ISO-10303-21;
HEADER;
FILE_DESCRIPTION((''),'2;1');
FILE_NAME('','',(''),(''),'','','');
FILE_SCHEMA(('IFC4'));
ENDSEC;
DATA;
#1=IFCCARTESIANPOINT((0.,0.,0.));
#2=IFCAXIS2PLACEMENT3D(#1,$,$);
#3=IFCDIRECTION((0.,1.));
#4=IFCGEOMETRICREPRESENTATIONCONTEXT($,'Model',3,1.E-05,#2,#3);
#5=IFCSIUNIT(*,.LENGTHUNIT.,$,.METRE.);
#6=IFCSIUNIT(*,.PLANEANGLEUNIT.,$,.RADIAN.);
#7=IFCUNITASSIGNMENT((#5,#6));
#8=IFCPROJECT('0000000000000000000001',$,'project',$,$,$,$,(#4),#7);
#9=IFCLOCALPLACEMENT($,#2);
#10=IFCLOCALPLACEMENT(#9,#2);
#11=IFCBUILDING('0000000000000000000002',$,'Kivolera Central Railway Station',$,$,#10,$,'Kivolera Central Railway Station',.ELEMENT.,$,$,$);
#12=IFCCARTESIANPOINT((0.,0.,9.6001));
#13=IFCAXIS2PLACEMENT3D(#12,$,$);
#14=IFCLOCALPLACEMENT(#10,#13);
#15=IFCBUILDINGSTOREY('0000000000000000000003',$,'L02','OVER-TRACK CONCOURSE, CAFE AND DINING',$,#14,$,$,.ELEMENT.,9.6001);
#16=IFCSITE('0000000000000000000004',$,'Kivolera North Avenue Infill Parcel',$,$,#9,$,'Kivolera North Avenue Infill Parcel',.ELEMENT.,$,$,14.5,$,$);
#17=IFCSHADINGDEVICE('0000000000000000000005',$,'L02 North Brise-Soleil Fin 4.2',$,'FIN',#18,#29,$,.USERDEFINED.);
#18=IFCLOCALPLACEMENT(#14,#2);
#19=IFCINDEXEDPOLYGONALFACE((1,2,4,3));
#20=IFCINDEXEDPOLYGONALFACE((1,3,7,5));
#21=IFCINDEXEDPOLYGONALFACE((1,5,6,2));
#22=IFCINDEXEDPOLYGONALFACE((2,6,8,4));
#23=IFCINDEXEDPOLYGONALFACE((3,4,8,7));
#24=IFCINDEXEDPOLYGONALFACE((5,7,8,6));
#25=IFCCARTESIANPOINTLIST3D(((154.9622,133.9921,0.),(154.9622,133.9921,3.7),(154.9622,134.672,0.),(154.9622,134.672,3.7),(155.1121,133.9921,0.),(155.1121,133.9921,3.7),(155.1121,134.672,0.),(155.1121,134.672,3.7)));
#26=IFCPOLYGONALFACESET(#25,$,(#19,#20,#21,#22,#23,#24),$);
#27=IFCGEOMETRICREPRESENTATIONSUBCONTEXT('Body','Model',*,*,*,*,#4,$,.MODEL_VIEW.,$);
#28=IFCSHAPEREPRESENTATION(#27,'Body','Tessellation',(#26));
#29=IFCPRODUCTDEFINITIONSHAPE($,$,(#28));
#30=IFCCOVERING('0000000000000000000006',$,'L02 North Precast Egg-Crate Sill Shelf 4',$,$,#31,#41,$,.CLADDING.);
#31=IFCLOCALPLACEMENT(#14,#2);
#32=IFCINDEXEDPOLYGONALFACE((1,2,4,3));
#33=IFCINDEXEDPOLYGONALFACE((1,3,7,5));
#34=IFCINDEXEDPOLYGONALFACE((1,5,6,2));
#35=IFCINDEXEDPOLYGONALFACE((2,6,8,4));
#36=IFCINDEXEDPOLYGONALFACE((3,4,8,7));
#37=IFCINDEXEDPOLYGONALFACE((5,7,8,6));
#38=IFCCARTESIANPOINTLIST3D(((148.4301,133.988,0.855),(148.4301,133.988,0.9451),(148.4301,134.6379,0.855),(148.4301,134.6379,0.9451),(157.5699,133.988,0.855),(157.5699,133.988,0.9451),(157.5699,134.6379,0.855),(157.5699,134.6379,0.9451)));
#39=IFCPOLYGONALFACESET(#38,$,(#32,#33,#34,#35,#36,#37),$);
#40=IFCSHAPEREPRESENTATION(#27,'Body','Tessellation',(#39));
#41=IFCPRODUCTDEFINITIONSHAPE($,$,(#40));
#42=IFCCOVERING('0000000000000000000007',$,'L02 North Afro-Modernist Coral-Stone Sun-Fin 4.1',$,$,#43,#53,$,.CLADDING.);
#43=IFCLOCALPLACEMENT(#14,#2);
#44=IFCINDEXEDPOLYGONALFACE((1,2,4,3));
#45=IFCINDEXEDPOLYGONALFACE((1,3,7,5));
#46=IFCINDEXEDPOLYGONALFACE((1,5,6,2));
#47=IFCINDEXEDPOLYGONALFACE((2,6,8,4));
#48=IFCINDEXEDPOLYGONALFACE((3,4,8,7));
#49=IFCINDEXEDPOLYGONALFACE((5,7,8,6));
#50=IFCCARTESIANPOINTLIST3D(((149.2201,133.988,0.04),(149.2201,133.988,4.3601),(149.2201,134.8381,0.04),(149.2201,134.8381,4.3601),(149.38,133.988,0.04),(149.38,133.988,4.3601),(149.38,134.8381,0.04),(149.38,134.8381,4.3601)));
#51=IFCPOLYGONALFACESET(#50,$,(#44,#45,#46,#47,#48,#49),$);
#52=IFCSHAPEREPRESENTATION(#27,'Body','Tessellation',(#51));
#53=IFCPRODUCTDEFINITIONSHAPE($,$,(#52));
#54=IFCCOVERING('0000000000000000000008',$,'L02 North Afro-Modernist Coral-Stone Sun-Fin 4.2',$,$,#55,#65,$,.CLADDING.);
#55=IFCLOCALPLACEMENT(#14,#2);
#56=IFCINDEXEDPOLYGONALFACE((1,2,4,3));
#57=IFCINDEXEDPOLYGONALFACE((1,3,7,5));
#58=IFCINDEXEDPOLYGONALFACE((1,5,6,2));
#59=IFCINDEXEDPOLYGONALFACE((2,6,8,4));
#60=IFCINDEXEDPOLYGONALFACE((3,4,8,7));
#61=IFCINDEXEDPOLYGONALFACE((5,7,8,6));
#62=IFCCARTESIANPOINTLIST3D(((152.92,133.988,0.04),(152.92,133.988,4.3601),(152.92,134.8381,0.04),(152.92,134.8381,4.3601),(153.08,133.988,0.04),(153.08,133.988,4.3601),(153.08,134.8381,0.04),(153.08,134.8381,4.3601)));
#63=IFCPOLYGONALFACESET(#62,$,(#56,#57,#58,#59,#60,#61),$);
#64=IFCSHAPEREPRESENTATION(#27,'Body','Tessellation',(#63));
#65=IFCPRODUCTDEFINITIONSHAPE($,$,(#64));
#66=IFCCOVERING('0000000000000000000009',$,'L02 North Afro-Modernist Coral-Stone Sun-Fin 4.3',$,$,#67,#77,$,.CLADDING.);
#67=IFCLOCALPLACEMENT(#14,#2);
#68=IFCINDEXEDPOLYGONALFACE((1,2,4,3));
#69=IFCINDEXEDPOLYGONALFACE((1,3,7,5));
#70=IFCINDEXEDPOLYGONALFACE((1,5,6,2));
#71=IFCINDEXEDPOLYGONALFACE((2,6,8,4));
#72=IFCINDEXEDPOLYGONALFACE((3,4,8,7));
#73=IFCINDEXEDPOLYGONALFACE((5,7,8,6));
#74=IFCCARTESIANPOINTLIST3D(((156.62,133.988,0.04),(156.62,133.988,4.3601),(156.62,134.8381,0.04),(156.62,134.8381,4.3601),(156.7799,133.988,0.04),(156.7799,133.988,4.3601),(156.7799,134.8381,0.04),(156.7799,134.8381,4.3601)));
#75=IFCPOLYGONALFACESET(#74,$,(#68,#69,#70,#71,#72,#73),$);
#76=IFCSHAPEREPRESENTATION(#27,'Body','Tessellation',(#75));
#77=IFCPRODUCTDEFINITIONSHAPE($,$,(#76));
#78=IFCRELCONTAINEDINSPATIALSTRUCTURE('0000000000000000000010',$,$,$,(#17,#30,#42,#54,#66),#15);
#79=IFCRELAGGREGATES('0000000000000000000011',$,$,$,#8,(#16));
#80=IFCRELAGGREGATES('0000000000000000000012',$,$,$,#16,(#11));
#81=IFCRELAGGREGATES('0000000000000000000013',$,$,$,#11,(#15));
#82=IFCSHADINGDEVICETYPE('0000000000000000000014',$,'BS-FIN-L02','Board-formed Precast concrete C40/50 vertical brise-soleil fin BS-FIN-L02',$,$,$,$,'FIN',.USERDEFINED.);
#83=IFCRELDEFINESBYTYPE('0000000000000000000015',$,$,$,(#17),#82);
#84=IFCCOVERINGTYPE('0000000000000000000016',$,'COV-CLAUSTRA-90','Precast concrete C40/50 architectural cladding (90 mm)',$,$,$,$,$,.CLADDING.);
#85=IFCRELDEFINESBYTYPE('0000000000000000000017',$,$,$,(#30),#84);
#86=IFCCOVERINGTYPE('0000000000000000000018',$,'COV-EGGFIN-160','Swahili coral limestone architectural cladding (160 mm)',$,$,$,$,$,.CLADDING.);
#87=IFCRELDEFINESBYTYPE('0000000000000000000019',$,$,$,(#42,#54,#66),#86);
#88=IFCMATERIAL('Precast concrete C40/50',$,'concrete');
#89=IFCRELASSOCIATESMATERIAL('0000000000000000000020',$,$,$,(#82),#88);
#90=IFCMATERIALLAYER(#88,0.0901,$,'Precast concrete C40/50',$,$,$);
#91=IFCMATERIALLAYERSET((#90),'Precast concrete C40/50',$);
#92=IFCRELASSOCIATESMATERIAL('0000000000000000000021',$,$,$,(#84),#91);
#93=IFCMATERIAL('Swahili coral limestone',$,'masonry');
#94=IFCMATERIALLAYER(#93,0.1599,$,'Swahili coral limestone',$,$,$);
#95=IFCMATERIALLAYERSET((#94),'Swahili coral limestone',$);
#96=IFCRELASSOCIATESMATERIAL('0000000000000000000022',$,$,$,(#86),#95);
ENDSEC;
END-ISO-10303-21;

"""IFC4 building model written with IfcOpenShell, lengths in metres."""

from ifc_helpers import new_model, si_unit, direction, frame, origin, origin_2d, place, context, subcontext, project, spatial, rectangle, extrude, material, layer, layer_set, type_object, element, save


model = new_model("IFC4")

# Units and contexts
model_context = context("Model", 3, precision=1e-05, world=origin(), true_north=direction((0.0, 1.0)))
body_context = subcontext(model_context, "Body", "Model", "MODEL_VIEW")
ifc_project = project(units=[si_unit("LENGTHUNIT", "METRE"), si_unit("PLANEANGLEUNIT", "RADIAN")], contexts=[model_context])

# Site, building, storey
site_placement = place(None, origin())
site = spatial("IfcSite", under=ifc_project, at=site_placement, Name="Kivolera North Avenue Infill Parcel", LongName="Kivolera North Avenue Infill Parcel", CompositionType="ELEMENT", RefElevation=14.5)
building_placement = place(site_placement, origin())
building = spatial("IfcBuilding", under=site, at=building_placement, Name="Kivolera Central Railway Station", LongName="Kivolera Central Railway Station", CompositionType="ELEMENT")
storey_placement = place(building_placement, frame((0.0, 0.0, 9.6001)))
storey = spatial("IfcBuildingStorey", under=building, at=storey_placement, Name="L02", Description="OVER-TRACK CONCOURSE, CAFE AND DINING", CompositionType="ELEMENT", Elevation=9.6001)

# Shading device
ifc_material_1 = material(Name="Precast concrete C40/50", Category="concrete")
shading_device_type = type_object("IfcShadingDeviceType", Name="BS-FIN-L02", Description="Board-formed Precast concrete C40/50 vertical brise-soleil fin BS-FIN-L02", ElementType="FIN", PredefinedType="USERDEFINED", material=ifc_material_1)
for number, where, z_axis, x_axis, name in (
    (1, (155.0371, 134.332, 0.0), (0.0, 0.0, 1.0), (1.0, 0.0, 0.0), "L02 North Brise-Soleil Fin 4.2"),
):
    element("IfcShadingDevice", number, at=place(storey_placement, frame(where, z_axis=z_axis, x_axis=x_axis)), inside=storey, type_object=shading_device_type, Name=name, ObjectType="FIN", PredefinedType="USERDEFINED", context=body_context, shape_type="SweptSolid", body=[
        extrude(rectangle(XDim=0.1499, YDim=0.6799, at=origin_2d()), origin(), (0.0, 0.0, 1.0), 3.7),
    ])

# Coverings
ifc_layer_1 = layer(ifc_material_1, 0.0901, Name="Precast concrete C40/50")
ifc_layer_set_1 = layer_set([ifc_layer_1], Name="Precast concrete C40/50")
covering_type_1 = type_object("IfcCoveringType", Name="COV-CLAUSTRA-90", Description="Precast concrete C40/50 architectural cladding (90 mm)", PredefinedType="CLADDING", material=ifc_layer_set_1)
covering_placement = place(storey_placement, frame((153.0, 134.313, 0.855), z_axis=(0.0, 0.0, 1.0), x_axis=(1.0, 0.0, 0.0)))
element("IfcCovering", 2, at=covering_placement, inside=storey, type_object=covering_type_1, Name="L02 North Precast Egg-Crate Sill Shelf 4", PredefinedType="CLADDING", context=body_context, shape_type="SweptSolid", body=[
    extrude(rectangle(XDim=9.1399, YDim=0.6499, at=origin_2d()), origin(), (0.0, 0.0, 1.0), 0.0901),
])
ifc_material_2 = material(Name="Swahili coral limestone", Category="masonry")
ifc_layer_2 = layer(ifc_material_2, 0.1599, Name="Swahili coral limestone")
ifc_layer_set_2 = layer_set([ifc_layer_2], Name="Swahili coral limestone")
covering_type_2 = type_object("IfcCoveringType", Name="COV-EGGFIN-160", Description="Swahili coral limestone architectural cladding (160 mm)", PredefinedType="CLADDING", material=ifc_layer_set_2)
for number, where, z_axis, x_axis, name in (
    (3, (149.3, 134.4131, 0.04), (0.0, 0.0, 1.0), (1.0, 0.0, 0.0), "L02 North Afro-Modernist Coral-Stone Sun-Fin 4.1"),
    (4, (153.0, 134.4131, 0.04), (0.0, 0.0, 1.0), (1.0, 0.0, 0.0), "L02 North Afro-Modernist Coral-Stone Sun-Fin 4.2"),
    (5, (156.7, 134.4131, 0.04), (0.0, 0.0, 1.0), (1.0, 0.0, 0.0), "L02 North Afro-Modernist Coral-Stone Sun-Fin 4.3"),
):
    element("IfcCovering", number, at=place(storey_placement, frame(where, z_axis=z_axis, x_axis=x_axis)), inside=storey, type_object=covering_type_2, Name=name, PredefinedType="CLADDING", context=body_context, shape_type="SweptSolid", body=[
        extrude(rectangle(XDim=0.1599, YDim=0.8501, at=origin_2d()), origin(), (0.0, 0.0, 1.0), 4.3201),
    ])

save(model, "model.ifc")
